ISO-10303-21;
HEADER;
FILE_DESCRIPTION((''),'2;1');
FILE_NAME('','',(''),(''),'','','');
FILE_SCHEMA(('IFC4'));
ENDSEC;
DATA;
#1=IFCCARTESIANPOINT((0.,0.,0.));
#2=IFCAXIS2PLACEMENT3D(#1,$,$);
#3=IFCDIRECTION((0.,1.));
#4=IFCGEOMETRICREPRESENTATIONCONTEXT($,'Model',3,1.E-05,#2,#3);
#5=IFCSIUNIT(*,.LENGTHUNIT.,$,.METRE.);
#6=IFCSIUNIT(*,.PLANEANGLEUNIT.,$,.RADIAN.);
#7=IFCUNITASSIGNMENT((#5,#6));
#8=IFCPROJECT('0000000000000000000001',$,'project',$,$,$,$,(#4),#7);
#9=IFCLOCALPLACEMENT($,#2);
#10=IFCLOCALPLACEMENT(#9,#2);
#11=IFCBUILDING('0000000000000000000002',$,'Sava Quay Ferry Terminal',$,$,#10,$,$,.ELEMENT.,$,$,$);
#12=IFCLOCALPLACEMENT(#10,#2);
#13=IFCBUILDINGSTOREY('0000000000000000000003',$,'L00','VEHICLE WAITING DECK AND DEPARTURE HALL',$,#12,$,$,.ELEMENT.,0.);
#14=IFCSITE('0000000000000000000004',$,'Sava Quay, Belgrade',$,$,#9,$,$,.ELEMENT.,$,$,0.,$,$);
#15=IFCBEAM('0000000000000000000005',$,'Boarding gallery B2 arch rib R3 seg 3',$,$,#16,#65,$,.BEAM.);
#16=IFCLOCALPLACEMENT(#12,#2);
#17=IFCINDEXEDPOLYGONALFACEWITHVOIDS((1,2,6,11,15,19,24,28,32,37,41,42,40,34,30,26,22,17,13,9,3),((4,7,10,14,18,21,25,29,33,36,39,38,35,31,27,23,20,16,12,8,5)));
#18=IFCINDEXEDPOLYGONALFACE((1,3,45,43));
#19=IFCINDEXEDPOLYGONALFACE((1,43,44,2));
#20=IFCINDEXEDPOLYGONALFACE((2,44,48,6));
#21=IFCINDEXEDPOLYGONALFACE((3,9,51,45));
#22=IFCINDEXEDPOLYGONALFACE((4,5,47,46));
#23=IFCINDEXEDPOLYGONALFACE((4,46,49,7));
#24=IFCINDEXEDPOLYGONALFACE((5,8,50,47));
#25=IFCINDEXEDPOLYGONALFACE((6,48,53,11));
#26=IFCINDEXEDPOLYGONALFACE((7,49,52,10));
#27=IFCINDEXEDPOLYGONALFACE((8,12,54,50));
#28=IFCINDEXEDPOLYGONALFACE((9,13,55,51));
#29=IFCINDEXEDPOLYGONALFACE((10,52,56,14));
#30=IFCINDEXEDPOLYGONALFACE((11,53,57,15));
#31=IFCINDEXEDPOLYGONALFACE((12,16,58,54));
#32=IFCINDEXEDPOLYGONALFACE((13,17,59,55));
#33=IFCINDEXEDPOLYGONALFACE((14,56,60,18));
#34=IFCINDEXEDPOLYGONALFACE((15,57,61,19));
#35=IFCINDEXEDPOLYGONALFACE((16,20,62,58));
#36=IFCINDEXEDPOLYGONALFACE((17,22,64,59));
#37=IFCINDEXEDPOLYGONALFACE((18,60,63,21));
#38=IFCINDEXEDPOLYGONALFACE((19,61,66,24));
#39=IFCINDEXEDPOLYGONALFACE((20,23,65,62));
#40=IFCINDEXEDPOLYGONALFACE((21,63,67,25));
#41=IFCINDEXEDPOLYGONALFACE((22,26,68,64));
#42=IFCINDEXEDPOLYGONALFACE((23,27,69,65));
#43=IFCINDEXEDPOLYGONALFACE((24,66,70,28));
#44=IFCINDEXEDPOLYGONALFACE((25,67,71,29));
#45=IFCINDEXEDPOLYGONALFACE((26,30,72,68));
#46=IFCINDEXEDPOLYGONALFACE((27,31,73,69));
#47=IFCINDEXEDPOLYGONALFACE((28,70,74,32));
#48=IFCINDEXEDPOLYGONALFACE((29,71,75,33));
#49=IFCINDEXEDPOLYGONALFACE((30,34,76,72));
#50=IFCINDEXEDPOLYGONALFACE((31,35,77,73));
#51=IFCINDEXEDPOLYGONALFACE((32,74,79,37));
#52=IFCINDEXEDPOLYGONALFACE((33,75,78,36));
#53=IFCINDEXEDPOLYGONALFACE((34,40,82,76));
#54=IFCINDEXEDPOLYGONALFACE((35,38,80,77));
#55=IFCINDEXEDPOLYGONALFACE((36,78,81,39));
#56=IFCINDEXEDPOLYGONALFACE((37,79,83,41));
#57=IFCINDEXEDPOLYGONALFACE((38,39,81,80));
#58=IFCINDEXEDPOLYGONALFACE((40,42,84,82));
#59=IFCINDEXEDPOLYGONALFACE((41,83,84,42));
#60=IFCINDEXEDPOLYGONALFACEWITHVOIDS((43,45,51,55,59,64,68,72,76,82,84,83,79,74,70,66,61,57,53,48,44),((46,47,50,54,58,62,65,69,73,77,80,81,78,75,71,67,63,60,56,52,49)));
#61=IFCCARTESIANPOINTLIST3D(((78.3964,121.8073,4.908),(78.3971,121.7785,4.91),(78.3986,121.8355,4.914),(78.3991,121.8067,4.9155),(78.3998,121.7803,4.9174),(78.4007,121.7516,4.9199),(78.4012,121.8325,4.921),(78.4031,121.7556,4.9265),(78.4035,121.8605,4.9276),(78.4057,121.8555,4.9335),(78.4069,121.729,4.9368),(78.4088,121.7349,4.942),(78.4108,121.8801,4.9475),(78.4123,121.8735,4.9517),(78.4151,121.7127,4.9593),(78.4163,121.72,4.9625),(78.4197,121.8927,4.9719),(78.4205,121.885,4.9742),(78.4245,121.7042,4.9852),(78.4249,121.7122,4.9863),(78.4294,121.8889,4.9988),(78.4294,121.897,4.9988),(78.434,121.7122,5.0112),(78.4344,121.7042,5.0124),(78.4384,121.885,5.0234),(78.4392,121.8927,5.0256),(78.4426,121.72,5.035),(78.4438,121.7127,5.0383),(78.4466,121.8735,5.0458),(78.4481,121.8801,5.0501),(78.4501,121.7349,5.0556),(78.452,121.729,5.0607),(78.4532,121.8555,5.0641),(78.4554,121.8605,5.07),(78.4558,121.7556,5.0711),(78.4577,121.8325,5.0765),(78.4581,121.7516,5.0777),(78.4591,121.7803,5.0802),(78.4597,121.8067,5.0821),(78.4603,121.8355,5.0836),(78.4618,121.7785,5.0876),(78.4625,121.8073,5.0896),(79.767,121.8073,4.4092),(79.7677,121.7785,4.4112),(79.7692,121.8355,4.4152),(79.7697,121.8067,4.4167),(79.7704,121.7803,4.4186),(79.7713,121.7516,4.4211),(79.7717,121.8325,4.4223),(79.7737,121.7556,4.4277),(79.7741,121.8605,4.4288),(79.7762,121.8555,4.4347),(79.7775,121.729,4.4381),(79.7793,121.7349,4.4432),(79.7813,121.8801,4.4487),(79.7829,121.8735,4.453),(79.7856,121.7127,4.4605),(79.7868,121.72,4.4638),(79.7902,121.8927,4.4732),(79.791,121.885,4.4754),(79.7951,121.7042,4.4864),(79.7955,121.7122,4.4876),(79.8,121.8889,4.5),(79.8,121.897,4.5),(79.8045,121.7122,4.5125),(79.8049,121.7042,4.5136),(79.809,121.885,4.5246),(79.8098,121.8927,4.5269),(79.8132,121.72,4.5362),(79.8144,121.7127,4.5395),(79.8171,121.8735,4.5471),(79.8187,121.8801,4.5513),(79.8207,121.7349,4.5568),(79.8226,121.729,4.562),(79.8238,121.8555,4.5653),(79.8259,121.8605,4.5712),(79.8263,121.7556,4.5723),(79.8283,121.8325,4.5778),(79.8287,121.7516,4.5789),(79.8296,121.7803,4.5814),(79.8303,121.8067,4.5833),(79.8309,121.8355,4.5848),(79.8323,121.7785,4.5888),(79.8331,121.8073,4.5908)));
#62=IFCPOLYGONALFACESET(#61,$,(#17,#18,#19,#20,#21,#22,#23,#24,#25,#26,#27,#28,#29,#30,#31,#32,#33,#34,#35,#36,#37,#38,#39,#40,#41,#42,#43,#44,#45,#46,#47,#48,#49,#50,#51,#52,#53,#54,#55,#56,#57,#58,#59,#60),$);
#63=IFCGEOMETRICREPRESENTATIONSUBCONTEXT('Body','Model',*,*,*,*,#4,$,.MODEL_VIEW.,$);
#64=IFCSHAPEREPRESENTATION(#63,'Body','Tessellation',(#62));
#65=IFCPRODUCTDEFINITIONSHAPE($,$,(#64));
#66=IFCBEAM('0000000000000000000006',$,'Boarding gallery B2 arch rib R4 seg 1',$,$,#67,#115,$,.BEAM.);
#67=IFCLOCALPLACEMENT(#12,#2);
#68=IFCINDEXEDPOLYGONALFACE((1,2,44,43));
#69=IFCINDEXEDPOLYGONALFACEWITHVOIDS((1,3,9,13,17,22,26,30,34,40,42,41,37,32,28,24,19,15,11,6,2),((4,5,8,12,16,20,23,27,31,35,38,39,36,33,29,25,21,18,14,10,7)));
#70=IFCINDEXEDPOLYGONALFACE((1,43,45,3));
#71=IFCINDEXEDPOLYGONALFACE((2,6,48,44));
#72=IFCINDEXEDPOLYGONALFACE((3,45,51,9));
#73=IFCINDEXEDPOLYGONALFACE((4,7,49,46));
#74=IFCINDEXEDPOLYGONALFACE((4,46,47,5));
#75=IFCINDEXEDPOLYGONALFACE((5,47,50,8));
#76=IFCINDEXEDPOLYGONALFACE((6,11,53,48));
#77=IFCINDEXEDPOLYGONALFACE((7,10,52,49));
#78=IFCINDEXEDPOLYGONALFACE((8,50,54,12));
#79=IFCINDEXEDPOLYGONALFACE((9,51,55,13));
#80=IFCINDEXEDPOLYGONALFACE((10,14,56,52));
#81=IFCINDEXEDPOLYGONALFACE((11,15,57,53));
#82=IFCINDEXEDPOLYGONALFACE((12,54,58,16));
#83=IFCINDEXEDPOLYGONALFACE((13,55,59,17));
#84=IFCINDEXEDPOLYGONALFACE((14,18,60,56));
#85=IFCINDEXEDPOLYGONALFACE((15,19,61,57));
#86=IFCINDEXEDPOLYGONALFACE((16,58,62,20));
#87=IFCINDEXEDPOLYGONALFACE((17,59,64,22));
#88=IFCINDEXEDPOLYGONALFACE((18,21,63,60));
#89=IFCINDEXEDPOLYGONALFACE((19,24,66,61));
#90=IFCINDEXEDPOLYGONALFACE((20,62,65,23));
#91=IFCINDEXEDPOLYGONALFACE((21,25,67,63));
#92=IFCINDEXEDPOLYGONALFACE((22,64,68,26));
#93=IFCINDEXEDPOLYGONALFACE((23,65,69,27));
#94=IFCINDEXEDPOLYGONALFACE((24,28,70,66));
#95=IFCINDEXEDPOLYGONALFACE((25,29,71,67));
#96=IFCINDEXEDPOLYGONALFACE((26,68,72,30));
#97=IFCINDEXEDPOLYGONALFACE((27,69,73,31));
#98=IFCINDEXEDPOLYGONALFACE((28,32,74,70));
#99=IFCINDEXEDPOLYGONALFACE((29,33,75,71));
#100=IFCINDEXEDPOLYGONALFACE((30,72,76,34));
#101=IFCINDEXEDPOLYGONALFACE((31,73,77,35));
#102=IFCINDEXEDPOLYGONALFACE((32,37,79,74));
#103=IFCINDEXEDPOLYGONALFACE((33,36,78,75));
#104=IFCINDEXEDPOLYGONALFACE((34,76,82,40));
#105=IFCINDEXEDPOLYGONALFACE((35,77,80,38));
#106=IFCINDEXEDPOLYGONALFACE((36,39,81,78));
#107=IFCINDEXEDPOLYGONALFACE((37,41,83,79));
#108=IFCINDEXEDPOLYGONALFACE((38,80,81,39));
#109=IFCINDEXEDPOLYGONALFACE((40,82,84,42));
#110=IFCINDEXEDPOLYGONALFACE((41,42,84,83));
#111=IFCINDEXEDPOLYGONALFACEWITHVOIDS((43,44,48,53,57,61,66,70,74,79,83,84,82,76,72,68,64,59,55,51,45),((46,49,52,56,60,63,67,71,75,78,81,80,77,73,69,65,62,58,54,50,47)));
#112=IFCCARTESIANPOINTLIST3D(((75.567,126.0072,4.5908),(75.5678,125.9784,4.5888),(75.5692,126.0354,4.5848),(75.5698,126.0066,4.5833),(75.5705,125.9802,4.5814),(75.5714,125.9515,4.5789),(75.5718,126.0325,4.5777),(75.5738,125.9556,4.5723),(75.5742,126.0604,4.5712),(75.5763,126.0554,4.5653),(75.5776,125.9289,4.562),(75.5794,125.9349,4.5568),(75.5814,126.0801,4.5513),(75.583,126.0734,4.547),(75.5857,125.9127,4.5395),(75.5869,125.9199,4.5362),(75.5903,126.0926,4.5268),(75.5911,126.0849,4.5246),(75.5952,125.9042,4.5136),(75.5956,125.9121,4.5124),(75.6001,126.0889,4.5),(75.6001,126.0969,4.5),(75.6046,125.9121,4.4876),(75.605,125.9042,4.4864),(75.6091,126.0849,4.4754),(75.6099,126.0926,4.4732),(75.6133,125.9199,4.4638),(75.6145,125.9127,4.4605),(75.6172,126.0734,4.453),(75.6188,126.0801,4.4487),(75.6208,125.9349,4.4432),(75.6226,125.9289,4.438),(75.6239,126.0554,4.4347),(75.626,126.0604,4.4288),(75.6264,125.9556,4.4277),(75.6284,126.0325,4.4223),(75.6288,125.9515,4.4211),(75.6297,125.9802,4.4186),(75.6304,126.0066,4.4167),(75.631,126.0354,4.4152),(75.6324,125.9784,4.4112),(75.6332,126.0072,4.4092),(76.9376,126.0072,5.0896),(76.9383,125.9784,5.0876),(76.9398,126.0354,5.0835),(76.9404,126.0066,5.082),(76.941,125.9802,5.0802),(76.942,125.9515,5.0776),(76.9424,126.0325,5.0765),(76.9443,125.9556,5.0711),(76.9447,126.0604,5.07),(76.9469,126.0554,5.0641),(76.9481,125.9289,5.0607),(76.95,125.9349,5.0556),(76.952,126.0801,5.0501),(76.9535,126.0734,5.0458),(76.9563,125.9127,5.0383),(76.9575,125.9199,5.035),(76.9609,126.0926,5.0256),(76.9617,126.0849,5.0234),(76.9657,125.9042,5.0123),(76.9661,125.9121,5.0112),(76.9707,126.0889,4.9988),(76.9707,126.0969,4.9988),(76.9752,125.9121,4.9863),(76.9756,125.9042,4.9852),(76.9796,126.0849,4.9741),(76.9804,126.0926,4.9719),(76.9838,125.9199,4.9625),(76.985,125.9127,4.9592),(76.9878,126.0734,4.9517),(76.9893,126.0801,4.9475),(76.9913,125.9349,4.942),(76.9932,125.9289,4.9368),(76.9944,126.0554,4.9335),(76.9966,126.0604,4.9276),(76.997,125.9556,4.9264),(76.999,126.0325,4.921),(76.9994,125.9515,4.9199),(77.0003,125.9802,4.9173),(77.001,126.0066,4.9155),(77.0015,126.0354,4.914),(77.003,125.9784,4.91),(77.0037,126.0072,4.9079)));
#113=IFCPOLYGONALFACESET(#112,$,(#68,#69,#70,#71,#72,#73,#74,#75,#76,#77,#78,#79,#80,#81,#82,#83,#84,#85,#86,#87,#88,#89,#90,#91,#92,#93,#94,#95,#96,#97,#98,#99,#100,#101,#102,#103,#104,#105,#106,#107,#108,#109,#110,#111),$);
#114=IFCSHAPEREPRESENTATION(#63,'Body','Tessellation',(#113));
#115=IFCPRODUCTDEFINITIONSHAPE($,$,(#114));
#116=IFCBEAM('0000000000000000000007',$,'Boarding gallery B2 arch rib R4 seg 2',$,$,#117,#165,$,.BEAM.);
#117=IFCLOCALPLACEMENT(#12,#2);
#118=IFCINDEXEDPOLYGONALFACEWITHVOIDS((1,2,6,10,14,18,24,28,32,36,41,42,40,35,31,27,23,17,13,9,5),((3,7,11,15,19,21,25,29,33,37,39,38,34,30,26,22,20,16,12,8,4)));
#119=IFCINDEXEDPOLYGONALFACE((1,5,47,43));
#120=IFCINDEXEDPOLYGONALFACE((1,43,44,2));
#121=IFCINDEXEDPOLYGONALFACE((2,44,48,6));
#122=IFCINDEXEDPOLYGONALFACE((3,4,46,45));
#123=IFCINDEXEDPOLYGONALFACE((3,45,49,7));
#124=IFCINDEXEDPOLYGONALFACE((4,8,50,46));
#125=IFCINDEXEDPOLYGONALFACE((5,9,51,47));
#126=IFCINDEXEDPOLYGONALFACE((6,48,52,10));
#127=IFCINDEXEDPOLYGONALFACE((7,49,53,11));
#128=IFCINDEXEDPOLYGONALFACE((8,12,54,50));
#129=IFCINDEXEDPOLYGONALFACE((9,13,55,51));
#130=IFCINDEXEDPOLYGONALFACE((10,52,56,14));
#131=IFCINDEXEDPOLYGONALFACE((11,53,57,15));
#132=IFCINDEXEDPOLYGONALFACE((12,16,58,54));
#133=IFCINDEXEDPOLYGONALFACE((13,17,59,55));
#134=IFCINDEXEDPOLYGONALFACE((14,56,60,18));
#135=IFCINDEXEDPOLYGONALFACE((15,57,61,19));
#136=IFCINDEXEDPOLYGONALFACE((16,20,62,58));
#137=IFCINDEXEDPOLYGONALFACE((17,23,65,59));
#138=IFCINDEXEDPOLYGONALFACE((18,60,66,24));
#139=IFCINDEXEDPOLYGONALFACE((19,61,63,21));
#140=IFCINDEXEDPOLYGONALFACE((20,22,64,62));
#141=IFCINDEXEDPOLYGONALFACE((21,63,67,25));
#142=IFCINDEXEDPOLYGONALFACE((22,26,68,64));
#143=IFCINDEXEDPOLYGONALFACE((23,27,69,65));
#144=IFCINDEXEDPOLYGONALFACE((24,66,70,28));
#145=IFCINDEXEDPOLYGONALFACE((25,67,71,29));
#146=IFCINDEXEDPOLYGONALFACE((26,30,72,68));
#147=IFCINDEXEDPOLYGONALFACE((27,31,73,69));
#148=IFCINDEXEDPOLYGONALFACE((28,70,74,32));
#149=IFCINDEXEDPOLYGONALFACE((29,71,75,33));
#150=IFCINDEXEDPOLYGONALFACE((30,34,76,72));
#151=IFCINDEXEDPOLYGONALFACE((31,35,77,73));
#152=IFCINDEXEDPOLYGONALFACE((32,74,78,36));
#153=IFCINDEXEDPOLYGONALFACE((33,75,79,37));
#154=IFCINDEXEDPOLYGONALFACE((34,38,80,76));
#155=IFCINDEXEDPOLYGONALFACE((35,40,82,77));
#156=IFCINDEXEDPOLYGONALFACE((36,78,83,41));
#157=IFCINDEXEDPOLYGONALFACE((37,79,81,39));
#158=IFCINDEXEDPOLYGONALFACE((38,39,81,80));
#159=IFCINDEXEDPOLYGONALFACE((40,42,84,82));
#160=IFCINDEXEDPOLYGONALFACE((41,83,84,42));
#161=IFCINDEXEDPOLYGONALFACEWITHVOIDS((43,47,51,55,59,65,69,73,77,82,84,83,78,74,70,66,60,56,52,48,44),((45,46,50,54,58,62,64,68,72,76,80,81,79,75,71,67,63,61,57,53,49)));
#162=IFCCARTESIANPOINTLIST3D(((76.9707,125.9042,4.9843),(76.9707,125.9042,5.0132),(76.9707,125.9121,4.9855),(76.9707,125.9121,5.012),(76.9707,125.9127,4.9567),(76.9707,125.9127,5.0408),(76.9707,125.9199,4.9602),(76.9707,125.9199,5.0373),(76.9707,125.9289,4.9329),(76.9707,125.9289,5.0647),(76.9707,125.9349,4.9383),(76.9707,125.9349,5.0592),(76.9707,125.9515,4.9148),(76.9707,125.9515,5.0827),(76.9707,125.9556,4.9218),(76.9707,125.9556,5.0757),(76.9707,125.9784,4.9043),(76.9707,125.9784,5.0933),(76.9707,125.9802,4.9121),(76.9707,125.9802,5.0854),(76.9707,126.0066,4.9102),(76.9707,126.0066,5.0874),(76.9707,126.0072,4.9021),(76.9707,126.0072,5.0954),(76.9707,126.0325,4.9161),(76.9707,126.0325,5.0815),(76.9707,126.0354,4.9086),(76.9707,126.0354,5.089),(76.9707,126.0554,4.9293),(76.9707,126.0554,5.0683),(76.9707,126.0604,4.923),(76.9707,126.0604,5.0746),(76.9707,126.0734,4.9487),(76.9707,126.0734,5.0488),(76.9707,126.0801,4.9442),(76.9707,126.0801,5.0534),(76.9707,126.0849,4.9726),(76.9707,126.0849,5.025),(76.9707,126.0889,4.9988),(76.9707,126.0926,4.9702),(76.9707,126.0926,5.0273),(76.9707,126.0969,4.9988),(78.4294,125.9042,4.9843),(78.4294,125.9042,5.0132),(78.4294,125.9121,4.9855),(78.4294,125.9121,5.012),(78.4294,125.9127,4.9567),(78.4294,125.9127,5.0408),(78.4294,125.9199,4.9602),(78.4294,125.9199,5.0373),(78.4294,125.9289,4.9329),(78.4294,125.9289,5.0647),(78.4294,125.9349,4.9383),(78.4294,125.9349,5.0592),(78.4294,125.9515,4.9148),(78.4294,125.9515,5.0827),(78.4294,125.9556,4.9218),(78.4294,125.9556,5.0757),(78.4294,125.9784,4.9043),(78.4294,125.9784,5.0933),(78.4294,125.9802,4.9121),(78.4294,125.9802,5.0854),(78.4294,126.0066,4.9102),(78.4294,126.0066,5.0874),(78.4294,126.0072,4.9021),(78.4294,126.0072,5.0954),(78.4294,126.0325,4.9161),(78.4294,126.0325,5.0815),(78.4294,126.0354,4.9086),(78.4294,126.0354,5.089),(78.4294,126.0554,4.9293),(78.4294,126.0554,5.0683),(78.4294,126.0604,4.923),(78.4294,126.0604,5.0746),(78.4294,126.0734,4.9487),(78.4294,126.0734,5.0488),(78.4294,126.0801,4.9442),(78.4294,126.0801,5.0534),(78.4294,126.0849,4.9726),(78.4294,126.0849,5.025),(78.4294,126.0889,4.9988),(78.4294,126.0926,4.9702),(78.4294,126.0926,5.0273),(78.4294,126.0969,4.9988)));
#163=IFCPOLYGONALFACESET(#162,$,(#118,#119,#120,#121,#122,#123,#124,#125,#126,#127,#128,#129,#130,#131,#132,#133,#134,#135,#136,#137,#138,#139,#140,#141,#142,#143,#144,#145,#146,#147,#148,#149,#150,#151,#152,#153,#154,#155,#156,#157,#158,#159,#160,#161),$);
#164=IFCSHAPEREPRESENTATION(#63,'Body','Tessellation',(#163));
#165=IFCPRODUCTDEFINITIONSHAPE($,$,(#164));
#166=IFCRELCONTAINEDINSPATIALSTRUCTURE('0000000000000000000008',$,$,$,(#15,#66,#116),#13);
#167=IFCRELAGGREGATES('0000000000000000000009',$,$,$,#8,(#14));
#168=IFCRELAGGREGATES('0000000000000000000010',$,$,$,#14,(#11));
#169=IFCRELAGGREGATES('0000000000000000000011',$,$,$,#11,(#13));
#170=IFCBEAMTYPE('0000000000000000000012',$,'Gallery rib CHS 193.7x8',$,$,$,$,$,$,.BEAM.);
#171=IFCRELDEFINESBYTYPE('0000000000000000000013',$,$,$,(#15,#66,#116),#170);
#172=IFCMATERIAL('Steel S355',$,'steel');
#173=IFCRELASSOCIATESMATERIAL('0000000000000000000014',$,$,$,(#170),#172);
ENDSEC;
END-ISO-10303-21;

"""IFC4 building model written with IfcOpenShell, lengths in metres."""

from ifc_helpers import new_model, si_unit, direction, frame, origin, origin_2d, place, context, subcontext, project, spatial, hollow_circle, extrude, material, material_profile, profile_set, type_object, element, save


model = new_model("IFC4")

# Units and contexts
model_context = context("Model", 3, precision=1e-05, world=origin(), true_north=direction((0.0, 1.0)))
body_context = subcontext(model_context, "Body", "Model", "MODEL_VIEW")
ifc_project = project(units=[si_unit("LENGTHUNIT", "METRE"), si_unit("PLANEANGLEUNIT", "RADIAN")], contexts=[model_context])

# Site, building, storey
site_placement = place(None, origin())
site = spatial("IfcSite", under=ifc_project, at=site_placement, Name="Sava Quay, Belgrade", CompositionType="ELEMENT", RefElevation=0.0)
building_placement = place(site_placement, origin())
building = spatial("IfcBuilding", under=site, at=building_placement, Name="Sava Quay Ferry Terminal", CompositionType="ELEMENT")
storey_placement = place(building_placement, origin())
storey = spatial("IfcBuildingStorey", under=building, at=storey_placement, Name="L00", Description="VEHICLE WAITING DECK AND DEPARTURE HALL", CompositionType="ELEMENT", Elevation=0.0)

# Beams
ifc_material_1 = material(Name="Steel S355", Category="steel")
ifc_material_profile_1 = material_profile(ifc_material_1, hollow_circle(Radius=0.0969, WallThickness=0.0081, at=origin_2d()), Name="CHS 193.7 x 8.0")
ifc_profile_set_1 = profile_set([ifc_material_profile_1], Name="Steel S355")
beam_type_1 = type_object("IfcBeamType", Name="Gallery rib CHS 193.7x8", PredefinedType="BEAM", material=ifc_profile_set_1)
for number, where, z_axis, x_axis, name in (
    (1, (78.4294, 121.8, 4.9988), (0.93971, 0.0, -0.341972), (0.0, 1.0, 0.0), "Boarding gallery B2 arch rib R3 seg 3"),
    (2, (75.6001, 126.0, 4.5), (0.93971, 0.0, 0.341972), (0.0, 1.0, 0.0), "Boarding gallery B2 arch rib R4 seg 1"),
):
    element("IfcBeam", number, at=place(storey_placement, frame(where, z_axis=z_axis, x_axis=x_axis)), inside=storey, type_object=beam_type_1, Name=name, PredefinedType="BEAM", context=body_context, shape_type="SweptSolid", body=[
        extrude(hollow_circle(Radius=0.0969, WallThickness=0.0081, at=origin_2d()), origin(), (0.0, 0.0, 1.0), 1.4585),
    ])
beam_1_placement = place(storey_placement, frame((76.9707, 126.0, 4.9988), z_axis=(1.0, 0.0, 0.0), x_axis=(0.0, 1.0, 0.0)))
element("IfcBeam", 3, at=beam_1_placement, inside=storey, type_object=beam_type_1, Name="Boarding gallery B2 arch rib R4 seg 2", PredefinedType="BEAM", context=body_context, shape_type="SweptSolid", body=[
    extrude(hollow_circle(Radius=0.0969, WallThickness=0.0081, at=origin_2d()), origin(), (0.0, 0.0, 1.0), 1.4587),
])

save(model, "model.ifc")
